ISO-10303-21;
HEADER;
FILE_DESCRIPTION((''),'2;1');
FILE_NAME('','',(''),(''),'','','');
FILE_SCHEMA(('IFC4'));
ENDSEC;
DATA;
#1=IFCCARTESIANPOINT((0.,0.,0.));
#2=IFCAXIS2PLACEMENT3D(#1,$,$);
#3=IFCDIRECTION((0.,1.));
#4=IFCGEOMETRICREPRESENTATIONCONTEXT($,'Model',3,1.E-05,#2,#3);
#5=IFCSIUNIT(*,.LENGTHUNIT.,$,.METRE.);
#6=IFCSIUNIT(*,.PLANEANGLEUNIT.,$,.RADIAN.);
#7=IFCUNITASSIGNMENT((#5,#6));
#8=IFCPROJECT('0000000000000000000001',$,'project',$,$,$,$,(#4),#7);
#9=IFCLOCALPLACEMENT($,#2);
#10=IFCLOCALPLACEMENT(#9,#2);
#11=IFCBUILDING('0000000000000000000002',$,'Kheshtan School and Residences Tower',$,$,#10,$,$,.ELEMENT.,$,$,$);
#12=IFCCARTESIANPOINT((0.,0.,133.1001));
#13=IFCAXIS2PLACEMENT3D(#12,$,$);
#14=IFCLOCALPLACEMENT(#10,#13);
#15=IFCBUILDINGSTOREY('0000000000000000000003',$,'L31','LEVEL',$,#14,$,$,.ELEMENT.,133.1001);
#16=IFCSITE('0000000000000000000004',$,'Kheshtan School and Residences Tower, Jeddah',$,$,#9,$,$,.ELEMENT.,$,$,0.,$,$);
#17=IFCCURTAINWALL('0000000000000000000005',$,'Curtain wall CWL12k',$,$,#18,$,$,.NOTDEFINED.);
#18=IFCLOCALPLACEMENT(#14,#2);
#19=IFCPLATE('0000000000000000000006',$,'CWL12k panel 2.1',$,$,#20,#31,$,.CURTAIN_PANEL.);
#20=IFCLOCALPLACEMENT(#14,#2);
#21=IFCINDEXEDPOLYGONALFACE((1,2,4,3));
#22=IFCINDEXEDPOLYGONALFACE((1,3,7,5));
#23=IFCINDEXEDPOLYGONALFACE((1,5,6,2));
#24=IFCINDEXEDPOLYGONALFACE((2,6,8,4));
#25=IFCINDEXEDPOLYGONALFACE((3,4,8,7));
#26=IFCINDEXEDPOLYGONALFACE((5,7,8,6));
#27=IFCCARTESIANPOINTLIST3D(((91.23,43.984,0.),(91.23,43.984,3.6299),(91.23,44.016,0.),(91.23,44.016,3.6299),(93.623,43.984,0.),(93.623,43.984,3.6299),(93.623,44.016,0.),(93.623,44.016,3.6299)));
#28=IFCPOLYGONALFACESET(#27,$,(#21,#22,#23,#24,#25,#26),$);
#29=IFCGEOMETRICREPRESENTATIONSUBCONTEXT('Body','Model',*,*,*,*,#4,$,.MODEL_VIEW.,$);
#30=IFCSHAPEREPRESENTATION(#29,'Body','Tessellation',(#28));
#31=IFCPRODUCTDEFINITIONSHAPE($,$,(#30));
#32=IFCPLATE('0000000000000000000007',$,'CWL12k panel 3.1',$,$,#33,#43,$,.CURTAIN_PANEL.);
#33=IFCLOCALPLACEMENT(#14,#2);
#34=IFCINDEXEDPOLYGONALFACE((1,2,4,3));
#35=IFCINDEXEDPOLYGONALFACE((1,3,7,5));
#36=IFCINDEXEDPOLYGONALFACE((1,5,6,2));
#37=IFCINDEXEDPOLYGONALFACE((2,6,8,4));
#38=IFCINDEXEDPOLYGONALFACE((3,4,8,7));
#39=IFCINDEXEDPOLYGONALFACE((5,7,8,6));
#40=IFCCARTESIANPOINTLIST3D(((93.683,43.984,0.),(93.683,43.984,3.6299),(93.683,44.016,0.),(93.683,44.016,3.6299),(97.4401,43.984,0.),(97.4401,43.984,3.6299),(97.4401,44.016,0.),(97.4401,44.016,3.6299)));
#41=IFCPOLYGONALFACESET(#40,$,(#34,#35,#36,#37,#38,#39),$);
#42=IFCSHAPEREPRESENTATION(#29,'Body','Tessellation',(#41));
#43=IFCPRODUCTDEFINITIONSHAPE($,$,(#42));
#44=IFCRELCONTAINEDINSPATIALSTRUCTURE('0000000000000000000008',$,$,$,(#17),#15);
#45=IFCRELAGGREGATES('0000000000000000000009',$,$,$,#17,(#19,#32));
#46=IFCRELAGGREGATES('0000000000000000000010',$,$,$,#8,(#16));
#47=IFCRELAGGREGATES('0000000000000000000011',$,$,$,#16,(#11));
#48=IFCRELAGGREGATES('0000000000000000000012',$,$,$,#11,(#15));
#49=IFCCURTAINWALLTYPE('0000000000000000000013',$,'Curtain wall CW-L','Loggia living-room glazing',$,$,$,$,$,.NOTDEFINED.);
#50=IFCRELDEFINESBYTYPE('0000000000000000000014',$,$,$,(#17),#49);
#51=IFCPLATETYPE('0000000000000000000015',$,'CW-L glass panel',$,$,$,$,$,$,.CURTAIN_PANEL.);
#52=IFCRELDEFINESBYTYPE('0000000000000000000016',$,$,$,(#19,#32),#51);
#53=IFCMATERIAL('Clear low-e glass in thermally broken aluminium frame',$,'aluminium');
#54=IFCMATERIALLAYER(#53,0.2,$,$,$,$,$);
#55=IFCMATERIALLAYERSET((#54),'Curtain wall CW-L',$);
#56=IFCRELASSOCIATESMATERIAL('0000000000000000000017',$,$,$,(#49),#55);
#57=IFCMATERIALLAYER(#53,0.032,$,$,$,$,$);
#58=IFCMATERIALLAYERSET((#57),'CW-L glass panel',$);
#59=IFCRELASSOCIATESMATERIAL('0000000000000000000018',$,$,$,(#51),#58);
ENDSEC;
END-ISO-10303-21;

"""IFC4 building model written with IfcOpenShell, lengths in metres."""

from ifc_helpers import new_model, si_unit, direction, frame, origin, origin_2d, place, context, subcontext, project, spatial, rectangle, extrude, material, layer, layer_set, type_object, element, aggregate, save


model = new_model("IFC4")

# Units and contexts
model_context = context("Model", 3, precision=1e-05, world=origin(), true_north=direction((0.0, 1.0)))
body_context = subcontext(model_context, "Body", "Model", "MODEL_VIEW")
ifc_project = project(units=[si_unit("LENGTHUNIT", "METRE"), si_unit("PLANEANGLEUNIT", "RADIAN")], contexts=[model_context])

# Site, building, storey
site_placement = place(None, origin())
site = spatial("IfcSite", under=ifc_project, at=site_placement, Name="Kheshtan School and Residences Tower, Jeddah", CompositionType="ELEMENT", RefElevation=0.0)
building_placement = place(site_placement, origin())
building = spatial("IfcBuilding", under=site, at=building_placement, Name="Kheshtan School and Residences Tower", CompositionType="ELEMENT")
storey_placement = place(building_placement, frame((0.0, 0.0, 133.1001)))
storey = spatial("IfcBuildingStorey", under=building, at=storey_placement, Name="L31", Description="LEVEL", CompositionType="ELEMENT", Elevation=133.1001)

# Curtain wall
ifc_material_1 = material(Name="Clear low-e glass in thermally broken aluminium frame", Category="aluminium")
ifc_layer_1 = layer(ifc_material_1, 0.2)
ifc_layer_set_1 = layer_set([ifc_layer_1], Name="Curtain wall CW-L")
curtain_wall_type = type_object("IfcCurtainWallType", Name="Curtain wall CW-L", Description="Loggia living-room glazing", PredefinedType="NOTDEFINED", material=ifc_layer_set_1)
curtain_wall_1_placement = place(storey_placement, origin())
curtain_wall_1 = element("IfcCurtainWall", 1, at=curtain_wall_1_placement, inside=storey, type_object=curtain_wall_type, Name="Curtain wall CWL12k", PredefinedType="NOTDEFINED")

# Plates
ifc_layer_2 = layer(ifc_material_1, 0.032)
ifc_layer_set_2 = layer_set([ifc_layer_2], Name="CW-L glass panel")
plate_type = type_object("IfcPlateType", Name="CW-L glass panel", PredefinedType="CURTAIN_PANEL", material=ifc_layer_set_2)
plate_1_placement = place(storey_placement, frame((92.4265, 44.0, 0.0), z_axis=(0.0, 0.0, 1.0), x_axis=(1.0, 0.0, 0.0)))
plate_1 = element("IfcPlate", 2, at=plate_1_placement, type_object=plate_type, Name="CWL12k panel 2.1", PredefinedType="CURTAIN_PANEL", context=body_context, shape_type="SweptSolid", body=[
    extrude(rectangle(XDim=2.3931, YDim=0.032, at=origin_2d()), origin(), (0.0, 0.0, 1.0), 3.6299),
])
plate_2_placement = place(storey_placement, frame((95.5615, 44.0, 0.0), z_axis=(0.0, 0.0, 1.0), x_axis=(1.0, 0.0, 0.0)))
plate_2 = element("IfcPlate", 3, at=plate_2_placement, type_object=plate_type, Name="CWL12k panel 3.1", PredefinedType="CURTAIN_PANEL", context=body_context, shape_type="SweptSolid", body=[
    extrude(rectangle(XDim=3.7571, YDim=0.032, at=origin_2d()), origin(), (0.0, 0.0, 1.0), 3.6299),
])
aggregate(curtain_wall_1, [plate_1, plate_2])

save(model, "model.ifc")
